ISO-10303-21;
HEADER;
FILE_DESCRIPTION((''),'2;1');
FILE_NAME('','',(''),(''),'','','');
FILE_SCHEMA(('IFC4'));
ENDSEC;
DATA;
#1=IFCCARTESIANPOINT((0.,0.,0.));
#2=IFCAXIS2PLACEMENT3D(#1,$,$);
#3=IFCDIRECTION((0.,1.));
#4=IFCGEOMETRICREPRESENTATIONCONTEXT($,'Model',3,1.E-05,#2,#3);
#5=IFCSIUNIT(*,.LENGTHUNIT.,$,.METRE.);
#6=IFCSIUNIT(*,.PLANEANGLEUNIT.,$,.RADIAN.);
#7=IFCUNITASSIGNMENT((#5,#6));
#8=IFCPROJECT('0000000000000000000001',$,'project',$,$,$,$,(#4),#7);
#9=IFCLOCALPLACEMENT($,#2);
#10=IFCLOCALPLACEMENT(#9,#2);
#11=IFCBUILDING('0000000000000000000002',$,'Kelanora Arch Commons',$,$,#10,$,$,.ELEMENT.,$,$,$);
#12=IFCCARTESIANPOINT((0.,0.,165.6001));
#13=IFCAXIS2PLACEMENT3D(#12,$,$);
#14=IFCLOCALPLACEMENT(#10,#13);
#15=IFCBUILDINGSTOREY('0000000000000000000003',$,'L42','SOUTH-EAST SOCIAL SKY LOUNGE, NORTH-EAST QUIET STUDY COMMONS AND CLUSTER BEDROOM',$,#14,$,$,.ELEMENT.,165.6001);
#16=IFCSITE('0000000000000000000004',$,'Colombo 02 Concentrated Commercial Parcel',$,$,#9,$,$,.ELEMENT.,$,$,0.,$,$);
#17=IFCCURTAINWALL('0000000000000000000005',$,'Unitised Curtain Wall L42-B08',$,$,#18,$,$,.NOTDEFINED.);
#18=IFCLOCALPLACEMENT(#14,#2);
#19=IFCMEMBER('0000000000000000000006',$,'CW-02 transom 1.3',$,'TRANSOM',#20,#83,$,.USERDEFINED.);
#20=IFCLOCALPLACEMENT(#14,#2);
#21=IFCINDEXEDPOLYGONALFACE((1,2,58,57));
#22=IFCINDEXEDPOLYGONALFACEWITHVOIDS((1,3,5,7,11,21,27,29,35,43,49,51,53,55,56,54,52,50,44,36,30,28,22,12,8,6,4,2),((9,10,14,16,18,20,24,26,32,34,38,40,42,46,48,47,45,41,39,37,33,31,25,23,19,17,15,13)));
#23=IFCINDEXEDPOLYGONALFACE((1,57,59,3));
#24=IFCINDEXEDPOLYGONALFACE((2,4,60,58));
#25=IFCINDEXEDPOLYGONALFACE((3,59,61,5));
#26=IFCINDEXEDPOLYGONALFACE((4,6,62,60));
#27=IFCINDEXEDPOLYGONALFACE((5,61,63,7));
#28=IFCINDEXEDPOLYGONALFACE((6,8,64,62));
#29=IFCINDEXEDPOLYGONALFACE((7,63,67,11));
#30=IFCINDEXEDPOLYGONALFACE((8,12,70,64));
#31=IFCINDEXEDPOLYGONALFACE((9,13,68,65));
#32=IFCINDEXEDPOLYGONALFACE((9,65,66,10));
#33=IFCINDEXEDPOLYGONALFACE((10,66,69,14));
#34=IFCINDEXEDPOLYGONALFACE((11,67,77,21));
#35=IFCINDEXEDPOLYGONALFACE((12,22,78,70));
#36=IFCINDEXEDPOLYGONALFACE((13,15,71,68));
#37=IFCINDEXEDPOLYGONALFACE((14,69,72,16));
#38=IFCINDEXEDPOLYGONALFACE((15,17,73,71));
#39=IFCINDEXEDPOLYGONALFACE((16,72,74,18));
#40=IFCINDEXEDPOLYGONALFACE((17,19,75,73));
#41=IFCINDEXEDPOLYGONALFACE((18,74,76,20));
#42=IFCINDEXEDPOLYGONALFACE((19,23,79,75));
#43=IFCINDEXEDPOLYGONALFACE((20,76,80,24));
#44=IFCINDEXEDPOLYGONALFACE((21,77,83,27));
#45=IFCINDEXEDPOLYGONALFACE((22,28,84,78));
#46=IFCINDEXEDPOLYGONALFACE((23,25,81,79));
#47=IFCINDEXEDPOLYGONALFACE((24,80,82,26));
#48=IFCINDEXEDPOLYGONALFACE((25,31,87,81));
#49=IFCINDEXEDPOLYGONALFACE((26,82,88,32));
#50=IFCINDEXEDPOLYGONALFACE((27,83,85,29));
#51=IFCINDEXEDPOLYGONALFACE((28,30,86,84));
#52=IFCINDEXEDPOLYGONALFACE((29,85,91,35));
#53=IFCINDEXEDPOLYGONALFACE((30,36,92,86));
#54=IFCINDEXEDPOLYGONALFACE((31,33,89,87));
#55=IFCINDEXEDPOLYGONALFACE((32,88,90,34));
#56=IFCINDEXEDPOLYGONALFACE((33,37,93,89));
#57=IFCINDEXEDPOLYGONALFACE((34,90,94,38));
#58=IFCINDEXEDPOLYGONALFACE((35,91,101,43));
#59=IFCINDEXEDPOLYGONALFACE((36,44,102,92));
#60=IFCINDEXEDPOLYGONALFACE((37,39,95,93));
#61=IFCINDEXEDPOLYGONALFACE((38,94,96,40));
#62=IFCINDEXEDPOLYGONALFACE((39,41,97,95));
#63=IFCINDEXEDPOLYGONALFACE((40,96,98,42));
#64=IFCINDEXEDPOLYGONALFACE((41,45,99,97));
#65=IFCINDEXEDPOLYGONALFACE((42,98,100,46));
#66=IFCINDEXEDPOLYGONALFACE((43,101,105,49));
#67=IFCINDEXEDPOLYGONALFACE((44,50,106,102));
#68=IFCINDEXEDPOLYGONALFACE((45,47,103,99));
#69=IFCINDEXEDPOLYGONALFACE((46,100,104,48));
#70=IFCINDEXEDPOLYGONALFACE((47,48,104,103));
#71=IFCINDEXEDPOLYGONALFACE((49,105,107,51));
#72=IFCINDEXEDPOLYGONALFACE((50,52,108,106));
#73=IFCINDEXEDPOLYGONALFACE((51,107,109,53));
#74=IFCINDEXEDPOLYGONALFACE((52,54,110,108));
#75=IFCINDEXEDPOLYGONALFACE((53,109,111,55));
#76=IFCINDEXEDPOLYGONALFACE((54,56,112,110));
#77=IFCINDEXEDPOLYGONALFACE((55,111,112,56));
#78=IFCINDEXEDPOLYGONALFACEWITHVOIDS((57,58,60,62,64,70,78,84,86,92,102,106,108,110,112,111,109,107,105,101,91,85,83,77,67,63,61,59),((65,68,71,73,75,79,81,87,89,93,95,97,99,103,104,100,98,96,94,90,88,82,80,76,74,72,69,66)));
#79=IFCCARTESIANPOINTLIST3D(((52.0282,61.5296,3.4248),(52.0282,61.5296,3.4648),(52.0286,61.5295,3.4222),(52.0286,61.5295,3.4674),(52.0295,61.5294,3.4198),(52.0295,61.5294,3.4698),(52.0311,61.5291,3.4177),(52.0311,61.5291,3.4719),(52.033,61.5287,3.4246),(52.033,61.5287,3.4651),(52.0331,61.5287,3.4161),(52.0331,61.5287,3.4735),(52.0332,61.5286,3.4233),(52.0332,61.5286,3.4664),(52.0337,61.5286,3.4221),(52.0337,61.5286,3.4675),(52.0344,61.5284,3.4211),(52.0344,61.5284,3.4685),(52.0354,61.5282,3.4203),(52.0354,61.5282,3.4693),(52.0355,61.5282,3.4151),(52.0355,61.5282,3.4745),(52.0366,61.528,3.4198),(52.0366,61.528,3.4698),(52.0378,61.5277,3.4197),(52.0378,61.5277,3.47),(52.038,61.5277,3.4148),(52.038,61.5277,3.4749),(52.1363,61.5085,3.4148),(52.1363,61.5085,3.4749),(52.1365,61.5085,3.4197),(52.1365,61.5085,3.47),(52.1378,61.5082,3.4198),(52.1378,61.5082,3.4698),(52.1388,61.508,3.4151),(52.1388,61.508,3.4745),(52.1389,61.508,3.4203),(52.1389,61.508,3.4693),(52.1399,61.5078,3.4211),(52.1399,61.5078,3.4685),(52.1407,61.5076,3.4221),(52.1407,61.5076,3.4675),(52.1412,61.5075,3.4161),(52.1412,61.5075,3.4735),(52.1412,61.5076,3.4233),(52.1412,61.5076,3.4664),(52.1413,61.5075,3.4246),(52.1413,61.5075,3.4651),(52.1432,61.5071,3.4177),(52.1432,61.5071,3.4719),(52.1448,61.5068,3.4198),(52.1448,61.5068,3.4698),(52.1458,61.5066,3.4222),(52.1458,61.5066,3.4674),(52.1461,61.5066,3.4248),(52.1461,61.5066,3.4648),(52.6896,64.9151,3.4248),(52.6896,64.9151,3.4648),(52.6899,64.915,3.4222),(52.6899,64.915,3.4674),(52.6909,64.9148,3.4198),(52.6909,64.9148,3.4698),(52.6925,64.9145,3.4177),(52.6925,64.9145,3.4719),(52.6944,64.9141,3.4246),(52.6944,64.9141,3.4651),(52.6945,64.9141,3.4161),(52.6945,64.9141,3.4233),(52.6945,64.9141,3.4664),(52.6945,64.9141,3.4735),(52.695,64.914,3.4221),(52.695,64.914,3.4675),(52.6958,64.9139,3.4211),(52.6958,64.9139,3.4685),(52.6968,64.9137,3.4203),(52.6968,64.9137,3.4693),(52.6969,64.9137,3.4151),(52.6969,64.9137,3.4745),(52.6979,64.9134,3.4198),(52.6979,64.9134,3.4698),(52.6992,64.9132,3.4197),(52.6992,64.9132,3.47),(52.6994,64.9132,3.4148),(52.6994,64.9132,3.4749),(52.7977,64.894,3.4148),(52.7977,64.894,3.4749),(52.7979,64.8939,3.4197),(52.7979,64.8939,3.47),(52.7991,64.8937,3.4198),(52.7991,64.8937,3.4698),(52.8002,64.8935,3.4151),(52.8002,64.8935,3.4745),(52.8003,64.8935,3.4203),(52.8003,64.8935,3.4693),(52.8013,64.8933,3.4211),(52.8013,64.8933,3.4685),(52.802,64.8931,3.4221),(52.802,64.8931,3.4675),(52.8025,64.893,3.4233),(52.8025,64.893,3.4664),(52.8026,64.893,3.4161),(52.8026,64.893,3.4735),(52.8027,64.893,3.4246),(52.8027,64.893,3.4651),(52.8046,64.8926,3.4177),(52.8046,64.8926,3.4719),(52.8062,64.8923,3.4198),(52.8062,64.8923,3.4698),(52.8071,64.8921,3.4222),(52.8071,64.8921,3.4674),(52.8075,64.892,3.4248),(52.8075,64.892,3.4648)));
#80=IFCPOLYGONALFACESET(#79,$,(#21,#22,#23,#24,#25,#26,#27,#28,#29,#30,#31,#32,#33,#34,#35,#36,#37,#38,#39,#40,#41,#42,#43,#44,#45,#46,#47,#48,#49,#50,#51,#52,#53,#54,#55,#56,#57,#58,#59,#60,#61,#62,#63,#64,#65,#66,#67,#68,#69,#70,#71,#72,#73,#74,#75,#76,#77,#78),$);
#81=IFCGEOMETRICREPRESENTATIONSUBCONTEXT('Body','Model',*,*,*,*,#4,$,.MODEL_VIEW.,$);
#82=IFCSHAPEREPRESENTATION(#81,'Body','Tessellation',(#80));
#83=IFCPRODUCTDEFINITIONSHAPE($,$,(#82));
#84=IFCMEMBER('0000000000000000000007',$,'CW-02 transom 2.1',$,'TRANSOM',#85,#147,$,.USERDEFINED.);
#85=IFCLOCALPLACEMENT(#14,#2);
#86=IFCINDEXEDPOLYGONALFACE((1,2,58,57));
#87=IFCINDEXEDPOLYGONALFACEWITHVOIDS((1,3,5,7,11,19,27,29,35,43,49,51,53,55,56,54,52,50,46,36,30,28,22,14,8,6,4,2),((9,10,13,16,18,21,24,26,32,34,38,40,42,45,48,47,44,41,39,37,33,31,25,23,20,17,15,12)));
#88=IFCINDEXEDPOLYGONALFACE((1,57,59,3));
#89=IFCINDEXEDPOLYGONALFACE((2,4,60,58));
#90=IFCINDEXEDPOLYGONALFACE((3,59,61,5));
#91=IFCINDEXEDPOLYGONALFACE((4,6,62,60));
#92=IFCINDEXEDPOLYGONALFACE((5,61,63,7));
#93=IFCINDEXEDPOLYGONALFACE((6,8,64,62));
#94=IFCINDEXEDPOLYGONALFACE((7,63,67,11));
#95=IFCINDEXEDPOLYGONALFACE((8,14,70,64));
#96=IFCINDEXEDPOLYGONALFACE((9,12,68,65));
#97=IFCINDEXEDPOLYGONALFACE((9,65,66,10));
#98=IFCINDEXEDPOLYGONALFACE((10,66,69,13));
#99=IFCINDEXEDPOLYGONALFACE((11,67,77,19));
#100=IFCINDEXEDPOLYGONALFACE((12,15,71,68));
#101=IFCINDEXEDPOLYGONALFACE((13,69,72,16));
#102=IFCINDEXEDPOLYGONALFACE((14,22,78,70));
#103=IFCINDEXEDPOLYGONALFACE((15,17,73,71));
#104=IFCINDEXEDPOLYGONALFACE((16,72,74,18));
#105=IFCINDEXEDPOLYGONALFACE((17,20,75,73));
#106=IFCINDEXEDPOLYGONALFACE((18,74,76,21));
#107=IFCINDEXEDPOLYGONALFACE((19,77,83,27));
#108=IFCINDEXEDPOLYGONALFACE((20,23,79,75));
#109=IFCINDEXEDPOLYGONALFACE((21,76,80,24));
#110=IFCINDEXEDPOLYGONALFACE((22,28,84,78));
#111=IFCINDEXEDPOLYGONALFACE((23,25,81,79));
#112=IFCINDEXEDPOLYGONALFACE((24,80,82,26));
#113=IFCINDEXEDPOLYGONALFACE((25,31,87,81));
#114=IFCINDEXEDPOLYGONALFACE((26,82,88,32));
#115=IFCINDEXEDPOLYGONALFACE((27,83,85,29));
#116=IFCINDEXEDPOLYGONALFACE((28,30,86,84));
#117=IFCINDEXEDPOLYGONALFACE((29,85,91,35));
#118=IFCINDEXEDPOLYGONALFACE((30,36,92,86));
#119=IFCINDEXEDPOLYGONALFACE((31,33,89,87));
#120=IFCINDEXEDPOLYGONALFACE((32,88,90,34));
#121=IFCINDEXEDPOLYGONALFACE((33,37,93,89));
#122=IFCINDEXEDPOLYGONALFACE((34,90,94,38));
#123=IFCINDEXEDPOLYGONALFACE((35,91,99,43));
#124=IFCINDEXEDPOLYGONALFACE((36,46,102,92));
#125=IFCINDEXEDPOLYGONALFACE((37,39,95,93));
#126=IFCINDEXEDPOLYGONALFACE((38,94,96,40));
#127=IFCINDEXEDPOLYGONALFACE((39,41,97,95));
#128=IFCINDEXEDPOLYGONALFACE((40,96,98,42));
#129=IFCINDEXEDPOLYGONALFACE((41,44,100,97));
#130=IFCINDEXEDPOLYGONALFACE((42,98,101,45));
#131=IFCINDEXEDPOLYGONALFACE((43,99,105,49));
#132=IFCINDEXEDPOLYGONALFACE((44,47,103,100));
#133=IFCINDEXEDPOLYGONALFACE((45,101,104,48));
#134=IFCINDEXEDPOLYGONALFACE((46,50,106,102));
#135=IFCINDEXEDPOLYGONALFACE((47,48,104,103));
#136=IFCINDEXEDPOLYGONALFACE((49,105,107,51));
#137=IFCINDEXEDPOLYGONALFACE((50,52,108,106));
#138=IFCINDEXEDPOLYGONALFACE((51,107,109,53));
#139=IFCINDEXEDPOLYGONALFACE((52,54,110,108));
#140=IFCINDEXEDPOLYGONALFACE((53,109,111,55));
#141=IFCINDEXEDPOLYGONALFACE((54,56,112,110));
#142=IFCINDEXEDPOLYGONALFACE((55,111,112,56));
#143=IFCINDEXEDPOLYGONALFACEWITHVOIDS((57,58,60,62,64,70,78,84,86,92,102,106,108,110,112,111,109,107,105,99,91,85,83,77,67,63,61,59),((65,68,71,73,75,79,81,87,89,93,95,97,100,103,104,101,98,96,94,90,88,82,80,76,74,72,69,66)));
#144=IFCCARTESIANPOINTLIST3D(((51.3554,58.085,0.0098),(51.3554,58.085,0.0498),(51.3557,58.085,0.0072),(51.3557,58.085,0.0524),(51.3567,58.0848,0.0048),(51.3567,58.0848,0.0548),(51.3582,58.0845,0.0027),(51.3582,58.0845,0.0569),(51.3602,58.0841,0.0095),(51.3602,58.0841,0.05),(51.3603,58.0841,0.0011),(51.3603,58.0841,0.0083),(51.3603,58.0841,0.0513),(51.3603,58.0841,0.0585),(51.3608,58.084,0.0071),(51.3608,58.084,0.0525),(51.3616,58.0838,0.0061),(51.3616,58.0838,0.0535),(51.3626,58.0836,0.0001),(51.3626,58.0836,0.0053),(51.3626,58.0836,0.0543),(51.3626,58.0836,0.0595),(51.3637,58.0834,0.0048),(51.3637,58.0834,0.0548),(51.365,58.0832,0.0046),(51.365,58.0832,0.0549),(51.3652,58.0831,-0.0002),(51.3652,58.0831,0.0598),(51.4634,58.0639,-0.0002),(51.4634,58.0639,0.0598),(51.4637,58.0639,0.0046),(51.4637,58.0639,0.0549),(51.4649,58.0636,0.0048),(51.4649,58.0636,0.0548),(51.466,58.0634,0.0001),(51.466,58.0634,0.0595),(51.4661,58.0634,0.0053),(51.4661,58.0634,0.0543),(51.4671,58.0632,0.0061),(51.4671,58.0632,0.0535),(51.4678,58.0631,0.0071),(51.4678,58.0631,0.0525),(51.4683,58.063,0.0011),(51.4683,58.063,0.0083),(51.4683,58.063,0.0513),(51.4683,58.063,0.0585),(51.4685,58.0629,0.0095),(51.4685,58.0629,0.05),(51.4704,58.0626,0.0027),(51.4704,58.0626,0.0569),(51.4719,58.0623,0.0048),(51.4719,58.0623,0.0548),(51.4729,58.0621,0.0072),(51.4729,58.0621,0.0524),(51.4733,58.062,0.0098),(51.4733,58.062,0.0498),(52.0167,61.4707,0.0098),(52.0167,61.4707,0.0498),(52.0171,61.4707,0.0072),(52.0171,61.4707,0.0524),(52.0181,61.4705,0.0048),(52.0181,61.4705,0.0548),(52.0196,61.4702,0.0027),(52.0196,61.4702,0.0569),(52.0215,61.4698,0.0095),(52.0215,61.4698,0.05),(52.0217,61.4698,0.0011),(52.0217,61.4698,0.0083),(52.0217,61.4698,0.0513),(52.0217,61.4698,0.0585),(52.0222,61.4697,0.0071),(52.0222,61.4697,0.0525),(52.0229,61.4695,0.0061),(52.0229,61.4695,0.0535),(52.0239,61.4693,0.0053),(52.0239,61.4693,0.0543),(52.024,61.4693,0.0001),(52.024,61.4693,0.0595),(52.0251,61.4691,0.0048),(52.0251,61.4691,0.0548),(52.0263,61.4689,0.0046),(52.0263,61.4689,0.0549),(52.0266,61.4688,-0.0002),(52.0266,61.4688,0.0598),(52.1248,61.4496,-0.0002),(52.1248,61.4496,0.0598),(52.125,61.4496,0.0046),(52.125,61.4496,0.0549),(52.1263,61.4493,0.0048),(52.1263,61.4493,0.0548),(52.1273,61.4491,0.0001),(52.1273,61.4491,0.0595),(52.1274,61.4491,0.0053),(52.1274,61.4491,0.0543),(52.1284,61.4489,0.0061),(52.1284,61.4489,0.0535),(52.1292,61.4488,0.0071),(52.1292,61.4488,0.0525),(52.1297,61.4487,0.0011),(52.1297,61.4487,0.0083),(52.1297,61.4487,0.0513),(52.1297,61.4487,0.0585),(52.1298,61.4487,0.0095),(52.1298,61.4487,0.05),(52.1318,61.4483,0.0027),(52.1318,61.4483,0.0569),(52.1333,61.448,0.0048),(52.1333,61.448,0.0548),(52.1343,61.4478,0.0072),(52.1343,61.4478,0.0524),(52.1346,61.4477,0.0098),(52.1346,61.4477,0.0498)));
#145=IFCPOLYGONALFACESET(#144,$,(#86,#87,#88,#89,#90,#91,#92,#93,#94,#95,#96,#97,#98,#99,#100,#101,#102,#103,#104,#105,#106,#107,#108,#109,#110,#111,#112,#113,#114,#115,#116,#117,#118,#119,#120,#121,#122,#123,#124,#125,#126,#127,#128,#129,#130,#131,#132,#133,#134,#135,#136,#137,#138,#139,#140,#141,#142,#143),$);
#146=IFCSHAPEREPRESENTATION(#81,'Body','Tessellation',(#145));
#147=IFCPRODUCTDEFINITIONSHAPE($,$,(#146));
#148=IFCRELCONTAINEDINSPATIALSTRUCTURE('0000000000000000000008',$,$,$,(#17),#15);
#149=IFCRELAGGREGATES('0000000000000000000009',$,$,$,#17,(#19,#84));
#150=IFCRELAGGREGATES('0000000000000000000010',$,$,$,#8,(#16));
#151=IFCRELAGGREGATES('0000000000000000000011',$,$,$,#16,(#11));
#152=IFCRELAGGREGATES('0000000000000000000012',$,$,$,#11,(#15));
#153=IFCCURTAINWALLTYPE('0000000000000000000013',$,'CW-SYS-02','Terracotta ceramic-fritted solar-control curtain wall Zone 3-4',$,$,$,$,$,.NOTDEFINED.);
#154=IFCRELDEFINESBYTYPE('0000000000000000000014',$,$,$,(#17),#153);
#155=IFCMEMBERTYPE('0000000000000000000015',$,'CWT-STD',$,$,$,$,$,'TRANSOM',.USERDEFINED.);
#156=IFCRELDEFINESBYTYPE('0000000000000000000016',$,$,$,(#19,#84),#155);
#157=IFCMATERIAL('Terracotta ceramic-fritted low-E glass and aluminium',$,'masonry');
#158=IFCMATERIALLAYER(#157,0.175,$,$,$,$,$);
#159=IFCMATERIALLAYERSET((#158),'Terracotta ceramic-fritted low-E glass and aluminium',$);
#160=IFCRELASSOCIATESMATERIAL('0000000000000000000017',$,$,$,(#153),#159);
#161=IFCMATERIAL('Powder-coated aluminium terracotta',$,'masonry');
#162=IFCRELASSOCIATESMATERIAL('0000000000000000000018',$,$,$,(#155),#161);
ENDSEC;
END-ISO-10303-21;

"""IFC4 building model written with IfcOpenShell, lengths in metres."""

from ifc_helpers import new_model, si_unit, direction, frame, origin, origin_2d, place, context, subcontext, project, spatial, hollow_rectangle, extrude, material, layer, layer_set, material_profile, profile_set, type_object, element, aggregate, save


model = new_model("IFC4")

# Units and contexts
model_context = context("Model", 3, precision=1e-05, world=origin(), true_north=direction((0.0, 1.0)))
body_context = subcontext(model_context, "Body", "Model", "MODEL_VIEW")
ifc_project = project(units=[si_unit("LENGTHUNIT", "METRE"), si_unit("PLANEANGLEUNIT", "RADIAN")], contexts=[model_context])

# Site, building, storey
site_placement = place(None, origin())
site = spatial("IfcSite", under=ifc_project, at=site_placement, Name="Colombo 02 Concentrated Commercial Parcel", CompositionType="ELEMENT", RefElevation=0.0)
building_placement = place(site_placement, origin())
building = spatial("IfcBuilding", under=site, at=building_placement, Name="Kelanora Arch Commons", CompositionType="ELEMENT")
storey_placement = place(building_placement, frame((0.0, 0.0, 165.6001)))
storey = spatial("IfcBuildingStorey", under=building, at=storey_placement, Name="L42", Description="SOUTH-EAST SOCIAL SKY LOUNGE, NORTH-EAST QUIET STUDY COMMONS AND CLUSTER BEDROOM", CompositionType="ELEMENT", Elevation=165.6001)

# Curtain wall, members
ifc_material_1 = material(Name="Terracotta ceramic-fritted low-E glass and aluminium", Category="masonry")
ifc_layer_1 = layer(ifc_material_1, 0.175)
ifc_layer_set_1 = layer_set([ifc_layer_1], Name="Terracotta ceramic-fritted low-E glass and aluminium")
curtain_wall_type = type_object("IfcCurtainWallType", Name="CW-SYS-02", Description="Terracotta ceramic-fritted solar-control curtain wall Zone 3-4", PredefinedType="NOTDEFINED", material=ifc_layer_set_1)
curtain_wall_placement = place(storey_placement, origin())
curtain_wall = element("IfcCurtainWall", 1, at=curtain_wall_placement, inside=storey, type_object=curtain_wall_type, Name="Unitised Curtain Wall L42-B08", PredefinedType="NOTDEFINED")
ifc_material_2 = material(Name="Powder-coated aluminium terracotta", Category="masonry")
ifc_material_profile_1 = material_profile(ifc_material_2, hollow_rectangle(XDim=0.1201, YDim=0.0601, WallThickness=0.0049, InnerFilletRadius=0.0049, OuterFilletRadius=0.01, at=origin_2d()), Name="CWT120x60")
ifc_profile_set_1 = profile_set([ifc_material_profile_1], Name="Powder-coated aluminium terracotta")
member_type_1 = type_object("IfcMemberType", Name="CWT-STD", ElementType="TRANSOM", PredefinedType="USERDEFINED", material=ifc_profile_set_1)
member_1_placement = place(storey_placement, frame((52.7485, 64.9036, 3.4448), z_axis=(-0.191732, -0.981447, 0.0), x_axis=(0.981447, -0.191732, 0.0)))
member_1 = element("IfcMember", 2, at=member_1_placement, type_object=member_type_1, Name="CW-02 transom 1.3", ObjectType="TRANSOM", PredefinedType="USERDEFINED", context=body_context, shape_type="SweptSolid", body=[
    extrude(hollow_rectangle(XDim=0.1201, YDim=0.0601, WallThickness=0.0049, InnerFilletRadius=0.0049, OuterFilletRadius=0.01, at=origin_2d()), origin(), (0.0, 0.0, 1.0), 3.4495),
])
member_2_placement = place(storey_placement, frame((52.0757, 61.4592, 0.0298), z_axis=(-0.191718, -0.98145, 0.0), x_axis=(0.98145, -0.191718, 0.0)))
member_2 = element("IfcMember", 3, at=member_2_placement, type_object=member_type_1, Name="CW-02 transom 2.1", ObjectType="TRANSOM", PredefinedType="USERDEFINED", context=body_context, shape_type="SweptSolid", body=[
    extrude(hollow_rectangle(XDim=0.1201, YDim=0.0601, WallThickness=0.0049, InnerFilletRadius=0.0049, OuterFilletRadius=0.01, at=origin_2d()), origin(), (0.0, 0.0, 1.0), 3.4497),
])
aggregate(curtain_wall, [member_1, member_2])

save(model, "model.ifc")
